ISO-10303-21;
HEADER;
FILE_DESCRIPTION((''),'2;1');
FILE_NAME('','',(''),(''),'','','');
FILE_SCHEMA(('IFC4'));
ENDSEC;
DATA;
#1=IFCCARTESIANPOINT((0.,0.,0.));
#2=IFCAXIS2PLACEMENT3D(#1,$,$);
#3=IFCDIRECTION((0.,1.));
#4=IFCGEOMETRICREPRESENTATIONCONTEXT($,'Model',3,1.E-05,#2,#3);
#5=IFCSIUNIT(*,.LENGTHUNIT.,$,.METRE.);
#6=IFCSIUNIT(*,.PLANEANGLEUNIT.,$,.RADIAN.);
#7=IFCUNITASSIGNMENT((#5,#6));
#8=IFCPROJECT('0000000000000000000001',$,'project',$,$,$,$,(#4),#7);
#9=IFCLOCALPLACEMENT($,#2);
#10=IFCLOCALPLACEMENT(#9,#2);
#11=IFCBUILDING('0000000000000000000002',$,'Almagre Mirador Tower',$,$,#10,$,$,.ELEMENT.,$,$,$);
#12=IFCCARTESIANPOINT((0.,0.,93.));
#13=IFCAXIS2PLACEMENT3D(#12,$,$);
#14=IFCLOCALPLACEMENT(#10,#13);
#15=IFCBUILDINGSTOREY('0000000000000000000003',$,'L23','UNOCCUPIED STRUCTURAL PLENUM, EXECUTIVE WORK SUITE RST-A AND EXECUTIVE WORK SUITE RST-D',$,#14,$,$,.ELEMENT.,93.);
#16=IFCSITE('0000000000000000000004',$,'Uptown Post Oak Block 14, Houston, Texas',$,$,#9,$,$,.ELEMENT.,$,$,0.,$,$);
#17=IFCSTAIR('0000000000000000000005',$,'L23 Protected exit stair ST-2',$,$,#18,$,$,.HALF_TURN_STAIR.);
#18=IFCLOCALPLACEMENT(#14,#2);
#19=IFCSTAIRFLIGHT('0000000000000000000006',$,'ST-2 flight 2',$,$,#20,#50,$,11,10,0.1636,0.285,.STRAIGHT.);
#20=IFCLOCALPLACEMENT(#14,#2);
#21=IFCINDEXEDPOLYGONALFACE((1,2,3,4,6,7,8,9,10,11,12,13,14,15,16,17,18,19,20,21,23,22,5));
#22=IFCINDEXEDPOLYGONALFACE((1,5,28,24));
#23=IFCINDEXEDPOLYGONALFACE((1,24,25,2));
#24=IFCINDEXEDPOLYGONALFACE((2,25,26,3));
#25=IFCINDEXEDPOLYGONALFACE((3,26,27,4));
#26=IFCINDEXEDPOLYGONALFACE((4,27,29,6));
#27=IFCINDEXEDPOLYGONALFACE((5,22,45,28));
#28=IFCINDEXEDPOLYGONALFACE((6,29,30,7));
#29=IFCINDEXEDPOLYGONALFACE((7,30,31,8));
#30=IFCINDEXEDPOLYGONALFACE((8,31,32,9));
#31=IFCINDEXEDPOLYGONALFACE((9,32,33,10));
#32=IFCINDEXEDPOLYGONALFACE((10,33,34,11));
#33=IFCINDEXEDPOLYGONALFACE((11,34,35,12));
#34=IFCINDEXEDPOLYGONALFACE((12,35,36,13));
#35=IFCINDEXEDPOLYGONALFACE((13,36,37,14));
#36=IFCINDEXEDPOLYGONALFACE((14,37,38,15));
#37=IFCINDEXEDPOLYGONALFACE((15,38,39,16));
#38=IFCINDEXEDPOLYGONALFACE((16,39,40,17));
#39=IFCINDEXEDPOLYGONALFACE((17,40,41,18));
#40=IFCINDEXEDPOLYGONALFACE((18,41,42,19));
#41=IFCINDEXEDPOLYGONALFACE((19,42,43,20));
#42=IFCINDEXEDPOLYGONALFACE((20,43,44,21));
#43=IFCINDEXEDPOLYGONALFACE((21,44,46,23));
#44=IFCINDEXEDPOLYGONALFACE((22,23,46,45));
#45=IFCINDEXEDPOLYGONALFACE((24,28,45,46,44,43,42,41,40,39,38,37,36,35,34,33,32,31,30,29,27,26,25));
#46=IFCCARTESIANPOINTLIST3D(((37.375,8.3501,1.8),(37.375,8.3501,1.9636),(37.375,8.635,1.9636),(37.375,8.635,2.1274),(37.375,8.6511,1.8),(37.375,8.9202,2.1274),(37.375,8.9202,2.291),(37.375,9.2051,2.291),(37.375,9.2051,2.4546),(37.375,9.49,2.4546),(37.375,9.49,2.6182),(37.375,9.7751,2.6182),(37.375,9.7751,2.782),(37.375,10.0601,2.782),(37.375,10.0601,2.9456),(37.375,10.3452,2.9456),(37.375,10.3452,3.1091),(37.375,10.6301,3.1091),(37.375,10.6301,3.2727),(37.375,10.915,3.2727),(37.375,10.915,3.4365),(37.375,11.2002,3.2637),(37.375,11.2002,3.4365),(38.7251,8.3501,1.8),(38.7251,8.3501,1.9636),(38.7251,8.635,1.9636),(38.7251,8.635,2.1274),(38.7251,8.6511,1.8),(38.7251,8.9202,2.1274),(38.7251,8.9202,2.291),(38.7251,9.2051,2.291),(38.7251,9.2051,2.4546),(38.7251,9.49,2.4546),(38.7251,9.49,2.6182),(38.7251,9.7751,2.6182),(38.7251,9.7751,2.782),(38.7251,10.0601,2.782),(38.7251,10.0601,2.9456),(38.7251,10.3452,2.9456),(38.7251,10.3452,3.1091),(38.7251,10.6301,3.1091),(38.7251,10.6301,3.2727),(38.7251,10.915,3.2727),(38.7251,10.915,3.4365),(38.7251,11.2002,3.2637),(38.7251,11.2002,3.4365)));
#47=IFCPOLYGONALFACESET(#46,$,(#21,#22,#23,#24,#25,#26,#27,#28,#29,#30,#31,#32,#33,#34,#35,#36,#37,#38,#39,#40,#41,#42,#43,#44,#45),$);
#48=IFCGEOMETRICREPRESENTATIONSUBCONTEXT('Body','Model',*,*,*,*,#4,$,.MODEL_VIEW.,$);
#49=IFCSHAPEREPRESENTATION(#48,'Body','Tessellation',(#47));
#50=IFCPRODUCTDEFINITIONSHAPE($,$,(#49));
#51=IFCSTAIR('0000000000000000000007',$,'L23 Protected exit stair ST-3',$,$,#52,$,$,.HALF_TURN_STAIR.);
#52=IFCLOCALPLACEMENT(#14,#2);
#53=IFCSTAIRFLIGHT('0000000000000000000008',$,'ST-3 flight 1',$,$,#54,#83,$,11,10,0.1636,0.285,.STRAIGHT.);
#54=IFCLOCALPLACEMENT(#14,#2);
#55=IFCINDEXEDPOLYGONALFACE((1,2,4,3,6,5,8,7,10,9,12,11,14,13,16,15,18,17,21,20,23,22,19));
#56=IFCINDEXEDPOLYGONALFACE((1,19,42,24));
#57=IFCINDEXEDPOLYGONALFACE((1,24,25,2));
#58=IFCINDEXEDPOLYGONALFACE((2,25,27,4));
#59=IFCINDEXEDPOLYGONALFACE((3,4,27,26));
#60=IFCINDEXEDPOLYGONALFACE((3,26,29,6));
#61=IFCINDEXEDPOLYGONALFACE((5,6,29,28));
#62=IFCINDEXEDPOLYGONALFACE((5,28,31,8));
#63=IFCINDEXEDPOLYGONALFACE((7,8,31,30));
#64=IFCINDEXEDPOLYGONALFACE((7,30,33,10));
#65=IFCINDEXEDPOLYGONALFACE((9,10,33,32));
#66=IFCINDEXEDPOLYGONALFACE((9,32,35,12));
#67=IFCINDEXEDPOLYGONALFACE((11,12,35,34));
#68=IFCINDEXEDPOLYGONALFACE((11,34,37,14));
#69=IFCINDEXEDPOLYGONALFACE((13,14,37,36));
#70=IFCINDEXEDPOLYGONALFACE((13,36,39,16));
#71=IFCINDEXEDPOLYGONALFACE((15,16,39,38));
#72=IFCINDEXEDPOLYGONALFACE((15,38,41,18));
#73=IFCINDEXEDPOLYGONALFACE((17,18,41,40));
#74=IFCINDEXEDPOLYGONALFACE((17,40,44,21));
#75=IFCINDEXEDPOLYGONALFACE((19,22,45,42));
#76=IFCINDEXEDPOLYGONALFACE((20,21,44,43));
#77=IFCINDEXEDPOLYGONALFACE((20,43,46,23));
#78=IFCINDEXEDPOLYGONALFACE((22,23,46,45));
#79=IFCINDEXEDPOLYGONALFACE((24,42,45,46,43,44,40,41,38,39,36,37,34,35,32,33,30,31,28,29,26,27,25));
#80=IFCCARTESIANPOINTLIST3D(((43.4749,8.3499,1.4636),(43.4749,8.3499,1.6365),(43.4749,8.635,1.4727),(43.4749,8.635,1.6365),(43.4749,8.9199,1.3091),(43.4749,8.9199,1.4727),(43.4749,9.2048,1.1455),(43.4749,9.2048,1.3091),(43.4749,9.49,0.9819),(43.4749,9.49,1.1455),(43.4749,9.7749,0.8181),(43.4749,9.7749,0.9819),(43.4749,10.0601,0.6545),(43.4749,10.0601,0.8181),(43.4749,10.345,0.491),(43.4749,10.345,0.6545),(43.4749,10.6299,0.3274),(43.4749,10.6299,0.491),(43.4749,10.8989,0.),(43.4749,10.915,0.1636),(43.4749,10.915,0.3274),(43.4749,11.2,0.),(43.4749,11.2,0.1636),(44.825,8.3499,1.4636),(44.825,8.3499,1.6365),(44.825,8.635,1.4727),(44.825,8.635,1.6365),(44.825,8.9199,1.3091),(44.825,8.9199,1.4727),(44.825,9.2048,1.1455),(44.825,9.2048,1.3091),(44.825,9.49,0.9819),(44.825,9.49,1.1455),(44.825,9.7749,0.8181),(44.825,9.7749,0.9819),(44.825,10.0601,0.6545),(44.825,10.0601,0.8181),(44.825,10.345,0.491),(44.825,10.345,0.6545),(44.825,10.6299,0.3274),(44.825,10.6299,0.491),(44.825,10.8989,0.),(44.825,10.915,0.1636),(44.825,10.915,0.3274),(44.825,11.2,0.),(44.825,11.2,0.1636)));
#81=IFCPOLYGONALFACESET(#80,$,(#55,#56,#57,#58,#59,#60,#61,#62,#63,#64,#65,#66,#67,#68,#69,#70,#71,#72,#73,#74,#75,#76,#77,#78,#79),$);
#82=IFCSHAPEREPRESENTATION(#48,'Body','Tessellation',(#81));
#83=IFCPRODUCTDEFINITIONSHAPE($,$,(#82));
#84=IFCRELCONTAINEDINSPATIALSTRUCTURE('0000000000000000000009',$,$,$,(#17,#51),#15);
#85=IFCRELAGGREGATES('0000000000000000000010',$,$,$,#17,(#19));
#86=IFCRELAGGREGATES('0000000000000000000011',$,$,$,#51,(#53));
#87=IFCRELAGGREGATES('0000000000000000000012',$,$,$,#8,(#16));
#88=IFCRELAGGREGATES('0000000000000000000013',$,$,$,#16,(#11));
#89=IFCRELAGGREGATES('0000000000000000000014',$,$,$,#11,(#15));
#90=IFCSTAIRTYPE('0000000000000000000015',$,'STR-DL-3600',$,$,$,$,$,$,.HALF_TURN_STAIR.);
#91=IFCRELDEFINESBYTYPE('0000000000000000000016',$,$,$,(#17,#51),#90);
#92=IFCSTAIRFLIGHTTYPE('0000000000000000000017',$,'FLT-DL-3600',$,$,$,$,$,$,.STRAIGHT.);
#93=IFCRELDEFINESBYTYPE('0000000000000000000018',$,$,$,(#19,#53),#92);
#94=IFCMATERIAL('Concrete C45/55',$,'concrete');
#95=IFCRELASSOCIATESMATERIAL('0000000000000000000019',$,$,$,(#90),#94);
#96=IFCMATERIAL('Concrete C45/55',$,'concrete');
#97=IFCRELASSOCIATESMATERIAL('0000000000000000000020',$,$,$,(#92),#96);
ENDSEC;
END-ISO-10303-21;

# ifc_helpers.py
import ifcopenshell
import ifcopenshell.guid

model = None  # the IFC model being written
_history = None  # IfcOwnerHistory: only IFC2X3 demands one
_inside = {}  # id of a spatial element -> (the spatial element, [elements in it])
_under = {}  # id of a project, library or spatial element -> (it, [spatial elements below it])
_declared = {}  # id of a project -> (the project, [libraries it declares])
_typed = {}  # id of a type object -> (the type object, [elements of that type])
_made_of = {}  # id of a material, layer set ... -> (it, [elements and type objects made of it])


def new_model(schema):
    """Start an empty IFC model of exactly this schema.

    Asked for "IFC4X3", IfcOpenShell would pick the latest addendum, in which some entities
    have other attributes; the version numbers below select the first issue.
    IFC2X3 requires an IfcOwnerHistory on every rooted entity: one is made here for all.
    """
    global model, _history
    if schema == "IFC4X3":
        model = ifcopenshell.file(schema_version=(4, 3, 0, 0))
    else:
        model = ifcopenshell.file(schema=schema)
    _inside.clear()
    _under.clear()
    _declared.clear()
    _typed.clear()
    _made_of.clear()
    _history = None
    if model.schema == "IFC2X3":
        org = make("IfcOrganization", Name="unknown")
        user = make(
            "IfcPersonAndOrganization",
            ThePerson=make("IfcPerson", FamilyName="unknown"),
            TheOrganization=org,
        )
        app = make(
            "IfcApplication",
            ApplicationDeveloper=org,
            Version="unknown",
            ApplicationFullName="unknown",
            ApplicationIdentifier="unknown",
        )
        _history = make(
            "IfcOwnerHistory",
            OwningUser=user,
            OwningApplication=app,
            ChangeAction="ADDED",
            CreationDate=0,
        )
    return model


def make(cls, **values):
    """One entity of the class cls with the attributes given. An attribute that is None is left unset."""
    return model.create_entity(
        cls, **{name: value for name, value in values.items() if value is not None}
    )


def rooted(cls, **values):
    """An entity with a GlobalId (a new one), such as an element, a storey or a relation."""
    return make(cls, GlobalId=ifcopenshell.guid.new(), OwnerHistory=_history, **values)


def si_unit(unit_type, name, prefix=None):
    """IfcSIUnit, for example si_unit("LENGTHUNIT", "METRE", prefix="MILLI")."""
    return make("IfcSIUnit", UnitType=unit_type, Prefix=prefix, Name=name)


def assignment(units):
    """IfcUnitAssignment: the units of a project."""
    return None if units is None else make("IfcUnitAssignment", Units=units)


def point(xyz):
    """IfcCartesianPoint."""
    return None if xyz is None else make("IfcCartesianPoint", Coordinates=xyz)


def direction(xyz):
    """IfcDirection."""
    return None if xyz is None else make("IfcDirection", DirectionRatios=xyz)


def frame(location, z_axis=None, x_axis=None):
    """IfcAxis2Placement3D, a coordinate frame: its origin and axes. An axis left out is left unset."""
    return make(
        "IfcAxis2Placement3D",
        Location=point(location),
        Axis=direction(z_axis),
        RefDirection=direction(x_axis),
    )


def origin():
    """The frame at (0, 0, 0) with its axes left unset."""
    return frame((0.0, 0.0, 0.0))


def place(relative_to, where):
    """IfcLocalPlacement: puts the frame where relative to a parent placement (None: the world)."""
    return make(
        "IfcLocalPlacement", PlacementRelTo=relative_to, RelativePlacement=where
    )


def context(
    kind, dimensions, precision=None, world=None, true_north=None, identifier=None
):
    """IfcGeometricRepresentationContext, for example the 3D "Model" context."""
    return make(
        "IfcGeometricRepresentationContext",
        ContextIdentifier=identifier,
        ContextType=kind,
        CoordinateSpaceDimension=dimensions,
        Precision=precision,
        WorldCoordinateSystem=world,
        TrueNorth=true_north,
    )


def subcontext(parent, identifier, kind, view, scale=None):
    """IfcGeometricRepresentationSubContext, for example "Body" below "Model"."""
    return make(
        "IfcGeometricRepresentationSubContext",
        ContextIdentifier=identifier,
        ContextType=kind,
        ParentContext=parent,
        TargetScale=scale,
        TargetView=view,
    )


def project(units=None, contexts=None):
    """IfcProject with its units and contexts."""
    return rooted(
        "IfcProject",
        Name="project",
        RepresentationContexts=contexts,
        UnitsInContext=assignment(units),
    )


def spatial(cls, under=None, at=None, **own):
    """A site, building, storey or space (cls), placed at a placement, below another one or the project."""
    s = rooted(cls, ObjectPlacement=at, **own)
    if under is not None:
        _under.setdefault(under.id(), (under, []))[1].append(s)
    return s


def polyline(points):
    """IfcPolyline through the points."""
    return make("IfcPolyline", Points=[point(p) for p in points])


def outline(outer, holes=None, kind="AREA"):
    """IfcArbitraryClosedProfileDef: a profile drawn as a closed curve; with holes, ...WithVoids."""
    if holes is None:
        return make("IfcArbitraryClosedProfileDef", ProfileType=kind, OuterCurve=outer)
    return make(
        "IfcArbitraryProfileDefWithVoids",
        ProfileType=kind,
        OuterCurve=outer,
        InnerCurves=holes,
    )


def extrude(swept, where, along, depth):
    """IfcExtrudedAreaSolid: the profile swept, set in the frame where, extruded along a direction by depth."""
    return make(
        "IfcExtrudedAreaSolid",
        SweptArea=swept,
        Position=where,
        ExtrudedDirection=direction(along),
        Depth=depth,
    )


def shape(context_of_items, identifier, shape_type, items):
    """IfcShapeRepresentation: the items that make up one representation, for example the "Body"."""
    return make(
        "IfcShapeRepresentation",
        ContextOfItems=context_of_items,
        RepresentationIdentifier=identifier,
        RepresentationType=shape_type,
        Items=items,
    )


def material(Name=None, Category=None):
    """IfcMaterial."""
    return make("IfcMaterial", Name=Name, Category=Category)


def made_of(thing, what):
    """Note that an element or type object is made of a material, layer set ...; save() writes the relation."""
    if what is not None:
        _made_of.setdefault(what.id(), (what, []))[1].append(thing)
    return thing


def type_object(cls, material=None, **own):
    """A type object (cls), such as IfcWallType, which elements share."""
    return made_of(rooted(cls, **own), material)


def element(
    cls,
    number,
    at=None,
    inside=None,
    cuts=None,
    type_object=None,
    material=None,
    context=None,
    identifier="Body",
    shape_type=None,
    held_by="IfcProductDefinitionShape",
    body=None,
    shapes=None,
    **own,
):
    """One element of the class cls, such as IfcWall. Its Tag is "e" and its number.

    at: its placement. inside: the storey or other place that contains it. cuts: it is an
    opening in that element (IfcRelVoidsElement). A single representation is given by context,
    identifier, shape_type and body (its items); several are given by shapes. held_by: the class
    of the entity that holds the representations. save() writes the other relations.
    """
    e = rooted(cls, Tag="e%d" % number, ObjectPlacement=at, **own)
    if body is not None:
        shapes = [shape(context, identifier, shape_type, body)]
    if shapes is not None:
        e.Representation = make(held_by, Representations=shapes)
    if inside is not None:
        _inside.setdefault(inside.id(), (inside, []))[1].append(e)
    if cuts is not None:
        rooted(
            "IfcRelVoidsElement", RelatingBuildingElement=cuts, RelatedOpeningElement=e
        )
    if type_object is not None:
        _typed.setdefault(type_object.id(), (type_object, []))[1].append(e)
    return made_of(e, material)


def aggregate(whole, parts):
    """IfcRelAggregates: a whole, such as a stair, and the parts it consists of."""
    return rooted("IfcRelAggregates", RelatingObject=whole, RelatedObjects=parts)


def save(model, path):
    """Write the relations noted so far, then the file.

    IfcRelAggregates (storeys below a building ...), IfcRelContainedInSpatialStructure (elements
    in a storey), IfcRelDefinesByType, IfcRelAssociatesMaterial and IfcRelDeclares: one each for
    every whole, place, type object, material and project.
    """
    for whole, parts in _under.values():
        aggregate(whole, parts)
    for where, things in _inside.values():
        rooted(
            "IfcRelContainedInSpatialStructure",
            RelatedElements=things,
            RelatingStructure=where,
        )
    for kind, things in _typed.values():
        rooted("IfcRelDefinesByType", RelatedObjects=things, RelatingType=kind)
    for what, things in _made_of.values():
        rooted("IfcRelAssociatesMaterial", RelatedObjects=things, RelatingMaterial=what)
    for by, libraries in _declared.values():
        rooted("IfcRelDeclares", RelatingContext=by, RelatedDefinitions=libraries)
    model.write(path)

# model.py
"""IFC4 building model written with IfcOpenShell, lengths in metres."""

from ifc_helpers import new_model, si_unit, direction, frame, origin, place, context, subcontext, project, spatial, polyline, outline, extrude, material, type_object, element, aggregate, save


model = new_model("IFC4")

# Units and contexts
model_context = context("Model", 3, precision=1e-05, world=origin(), true_north=direction((0.0, 1.0)))
body_context = subcontext(model_context, "Body", "Model", "MODEL_VIEW")
ifc_project = project(units=[si_unit("LENGTHUNIT", "METRE"), si_unit("PLANEANGLEUNIT", "RADIAN")], contexts=[model_context])

# Site, building, storey
site_placement = place(None, origin())
site = spatial("IfcSite", under=ifc_project, at=site_placement, Name="Uptown Post Oak Block 14, Houston, Texas", CompositionType="ELEMENT", RefElevation=0.0)
building_placement = place(site_placement, origin())
building = spatial("IfcBuilding", under=site, at=building_placement, Name="Almagre Mirador Tower", CompositionType="ELEMENT")
storey_placement = place(building_placement, frame((0.0, 0.0, 93.0)))
storey = spatial("IfcBuildingStorey", under=building, at=storey_placement, Name="L23", Description="UNOCCUPIED STRUCTURAL PLENUM, EXECUTIVE WORK SUITE RST-A AND EXECUTIVE WORK SUITE RST-D", CompositionType="ELEMENT", Elevation=93.0)

# Stair, stair flight
ifc_material_1 = material(Name="Concrete C45/55", Category="concrete")
stair_type = type_object("IfcStairType", Name="STR-DL-3600", PredefinedType="HALF_TURN_STAIR", material=ifc_material_1)
stair_1_placement = place(storey_placement, origin())
stair_1 = element("IfcStair", 1, at=stair_1_placement, inside=storey, type_object=stair_type, Name="L23 Protected exit stair ST-2", PredefinedType="HALF_TURN_STAIR")
ifc_material_2 = material(Name="Concrete C45/55", Category="concrete")
stair_flight_type = type_object("IfcStairFlightType", Name="FLT-DL-3600", PredefinedType="STRAIGHT", material=ifc_material_2)
stair_flight_1_placement = place(storey_placement, frame((38.05, 8.3501, 1.8), z_axis=(0.0, 0.0, 1.0), x_axis=(0.0, 1.0, 0.0)))
stair_flight_1 = element("IfcStairFlight", 2, at=stair_flight_1_placement, type_object=stair_flight_type, Name="ST-2 flight 2", NumberOfRisers=11, NumberOfTreads=10, PredefinedType="STRAIGHT", RiserHeight=0.1636, TreadLength=0.285, context=body_context, shape_type="SweptSolid", body=[
    extrude(outline(polyline([(0.0, 0.0), (0.0, 0.1636), (0.2849, 0.1636), (0.2849, 0.3274), (0.5701, 0.3274), (0.5701, 0.491), (0.855, 0.491), (0.855, 0.6545), (1.1399, 0.6545), (1.1399, 0.8181), (1.425, 0.8181), (1.425, 0.9819), (1.71, 0.9819), (1.71, 1.1455), (1.9951, 1.1455), (1.9951, 1.3091), (2.28, 1.3091), (2.28, 1.4727), (2.5649, 1.4727), (2.5649, 1.6365), (2.8501, 1.6365), (2.8501, 1.8), (2.8501, 1.4636), (0.301, 0.0), (0.0, 0.0)])), frame((0.0, 0.675, 0.0), z_axis=(0.0, -1.0, 0.0), x_axis=(1.0, 0.0, 0.0)), (0.0, 0.0, 1.0), 1.3501),
])
aggregate(stair_1, [stair_flight_1])

# Stair, stair flight
stair_2_placement = place(storey_placement, origin())
stair_2 = element("IfcStair", 3, at=stair_2_placement, inside=storey, type_object=stair_type, Name="L23 Protected exit stair ST-3", PredefinedType="HALF_TURN_STAIR")
stair_flight_2_placement = place(storey_placement, frame((44.1499, 11.2, 0.0), z_axis=(0.0, 0.0, 1.0), x_axis=(0.0, -1.0, 0.0)))
stair_flight_2 = element("IfcStairFlight", 4, at=stair_flight_2_placement, type_object=stair_flight_type, Name="ST-3 flight 1", NumberOfRisers=11, NumberOfTreads=10, PredefinedType="STRAIGHT", RiserHeight=0.1636, TreadLength=0.285, context=body_context, shape_type="SweptSolid", body=[
    extrude(outline(polyline([(0.0, 0.0), (0.0, 0.1636), (0.2849, 0.1636), (0.2849, 0.3274), (0.5701, 0.3274), (0.5701, 0.491), (0.855, 0.491), (0.855, 0.6545), (1.1399, 0.6545), (1.1399, 0.8181), (1.425, 0.8181), (1.425, 0.9819), (1.71, 0.9819), (1.71, 1.1455), (1.9951, 1.1455), (1.9951, 1.3091), (2.28, 1.3091), (2.28, 1.4727), (2.5649, 1.4727), (2.5649, 1.6365), (2.8501, 1.6365), (2.8501, 1.8), (2.8501, 1.4636), (0.301, 0.0), (0.0, 0.0)])), frame((0.0, 0.675, 0.0), z_axis=(0.0, -1.0, 0.0), x_axis=(1.0, 0.0, 0.0)), (0.0, 0.0, 1.0), 1.3501),
])
aggregate(stair_2, [stair_flight_2])

save(model, "model.ifc")
